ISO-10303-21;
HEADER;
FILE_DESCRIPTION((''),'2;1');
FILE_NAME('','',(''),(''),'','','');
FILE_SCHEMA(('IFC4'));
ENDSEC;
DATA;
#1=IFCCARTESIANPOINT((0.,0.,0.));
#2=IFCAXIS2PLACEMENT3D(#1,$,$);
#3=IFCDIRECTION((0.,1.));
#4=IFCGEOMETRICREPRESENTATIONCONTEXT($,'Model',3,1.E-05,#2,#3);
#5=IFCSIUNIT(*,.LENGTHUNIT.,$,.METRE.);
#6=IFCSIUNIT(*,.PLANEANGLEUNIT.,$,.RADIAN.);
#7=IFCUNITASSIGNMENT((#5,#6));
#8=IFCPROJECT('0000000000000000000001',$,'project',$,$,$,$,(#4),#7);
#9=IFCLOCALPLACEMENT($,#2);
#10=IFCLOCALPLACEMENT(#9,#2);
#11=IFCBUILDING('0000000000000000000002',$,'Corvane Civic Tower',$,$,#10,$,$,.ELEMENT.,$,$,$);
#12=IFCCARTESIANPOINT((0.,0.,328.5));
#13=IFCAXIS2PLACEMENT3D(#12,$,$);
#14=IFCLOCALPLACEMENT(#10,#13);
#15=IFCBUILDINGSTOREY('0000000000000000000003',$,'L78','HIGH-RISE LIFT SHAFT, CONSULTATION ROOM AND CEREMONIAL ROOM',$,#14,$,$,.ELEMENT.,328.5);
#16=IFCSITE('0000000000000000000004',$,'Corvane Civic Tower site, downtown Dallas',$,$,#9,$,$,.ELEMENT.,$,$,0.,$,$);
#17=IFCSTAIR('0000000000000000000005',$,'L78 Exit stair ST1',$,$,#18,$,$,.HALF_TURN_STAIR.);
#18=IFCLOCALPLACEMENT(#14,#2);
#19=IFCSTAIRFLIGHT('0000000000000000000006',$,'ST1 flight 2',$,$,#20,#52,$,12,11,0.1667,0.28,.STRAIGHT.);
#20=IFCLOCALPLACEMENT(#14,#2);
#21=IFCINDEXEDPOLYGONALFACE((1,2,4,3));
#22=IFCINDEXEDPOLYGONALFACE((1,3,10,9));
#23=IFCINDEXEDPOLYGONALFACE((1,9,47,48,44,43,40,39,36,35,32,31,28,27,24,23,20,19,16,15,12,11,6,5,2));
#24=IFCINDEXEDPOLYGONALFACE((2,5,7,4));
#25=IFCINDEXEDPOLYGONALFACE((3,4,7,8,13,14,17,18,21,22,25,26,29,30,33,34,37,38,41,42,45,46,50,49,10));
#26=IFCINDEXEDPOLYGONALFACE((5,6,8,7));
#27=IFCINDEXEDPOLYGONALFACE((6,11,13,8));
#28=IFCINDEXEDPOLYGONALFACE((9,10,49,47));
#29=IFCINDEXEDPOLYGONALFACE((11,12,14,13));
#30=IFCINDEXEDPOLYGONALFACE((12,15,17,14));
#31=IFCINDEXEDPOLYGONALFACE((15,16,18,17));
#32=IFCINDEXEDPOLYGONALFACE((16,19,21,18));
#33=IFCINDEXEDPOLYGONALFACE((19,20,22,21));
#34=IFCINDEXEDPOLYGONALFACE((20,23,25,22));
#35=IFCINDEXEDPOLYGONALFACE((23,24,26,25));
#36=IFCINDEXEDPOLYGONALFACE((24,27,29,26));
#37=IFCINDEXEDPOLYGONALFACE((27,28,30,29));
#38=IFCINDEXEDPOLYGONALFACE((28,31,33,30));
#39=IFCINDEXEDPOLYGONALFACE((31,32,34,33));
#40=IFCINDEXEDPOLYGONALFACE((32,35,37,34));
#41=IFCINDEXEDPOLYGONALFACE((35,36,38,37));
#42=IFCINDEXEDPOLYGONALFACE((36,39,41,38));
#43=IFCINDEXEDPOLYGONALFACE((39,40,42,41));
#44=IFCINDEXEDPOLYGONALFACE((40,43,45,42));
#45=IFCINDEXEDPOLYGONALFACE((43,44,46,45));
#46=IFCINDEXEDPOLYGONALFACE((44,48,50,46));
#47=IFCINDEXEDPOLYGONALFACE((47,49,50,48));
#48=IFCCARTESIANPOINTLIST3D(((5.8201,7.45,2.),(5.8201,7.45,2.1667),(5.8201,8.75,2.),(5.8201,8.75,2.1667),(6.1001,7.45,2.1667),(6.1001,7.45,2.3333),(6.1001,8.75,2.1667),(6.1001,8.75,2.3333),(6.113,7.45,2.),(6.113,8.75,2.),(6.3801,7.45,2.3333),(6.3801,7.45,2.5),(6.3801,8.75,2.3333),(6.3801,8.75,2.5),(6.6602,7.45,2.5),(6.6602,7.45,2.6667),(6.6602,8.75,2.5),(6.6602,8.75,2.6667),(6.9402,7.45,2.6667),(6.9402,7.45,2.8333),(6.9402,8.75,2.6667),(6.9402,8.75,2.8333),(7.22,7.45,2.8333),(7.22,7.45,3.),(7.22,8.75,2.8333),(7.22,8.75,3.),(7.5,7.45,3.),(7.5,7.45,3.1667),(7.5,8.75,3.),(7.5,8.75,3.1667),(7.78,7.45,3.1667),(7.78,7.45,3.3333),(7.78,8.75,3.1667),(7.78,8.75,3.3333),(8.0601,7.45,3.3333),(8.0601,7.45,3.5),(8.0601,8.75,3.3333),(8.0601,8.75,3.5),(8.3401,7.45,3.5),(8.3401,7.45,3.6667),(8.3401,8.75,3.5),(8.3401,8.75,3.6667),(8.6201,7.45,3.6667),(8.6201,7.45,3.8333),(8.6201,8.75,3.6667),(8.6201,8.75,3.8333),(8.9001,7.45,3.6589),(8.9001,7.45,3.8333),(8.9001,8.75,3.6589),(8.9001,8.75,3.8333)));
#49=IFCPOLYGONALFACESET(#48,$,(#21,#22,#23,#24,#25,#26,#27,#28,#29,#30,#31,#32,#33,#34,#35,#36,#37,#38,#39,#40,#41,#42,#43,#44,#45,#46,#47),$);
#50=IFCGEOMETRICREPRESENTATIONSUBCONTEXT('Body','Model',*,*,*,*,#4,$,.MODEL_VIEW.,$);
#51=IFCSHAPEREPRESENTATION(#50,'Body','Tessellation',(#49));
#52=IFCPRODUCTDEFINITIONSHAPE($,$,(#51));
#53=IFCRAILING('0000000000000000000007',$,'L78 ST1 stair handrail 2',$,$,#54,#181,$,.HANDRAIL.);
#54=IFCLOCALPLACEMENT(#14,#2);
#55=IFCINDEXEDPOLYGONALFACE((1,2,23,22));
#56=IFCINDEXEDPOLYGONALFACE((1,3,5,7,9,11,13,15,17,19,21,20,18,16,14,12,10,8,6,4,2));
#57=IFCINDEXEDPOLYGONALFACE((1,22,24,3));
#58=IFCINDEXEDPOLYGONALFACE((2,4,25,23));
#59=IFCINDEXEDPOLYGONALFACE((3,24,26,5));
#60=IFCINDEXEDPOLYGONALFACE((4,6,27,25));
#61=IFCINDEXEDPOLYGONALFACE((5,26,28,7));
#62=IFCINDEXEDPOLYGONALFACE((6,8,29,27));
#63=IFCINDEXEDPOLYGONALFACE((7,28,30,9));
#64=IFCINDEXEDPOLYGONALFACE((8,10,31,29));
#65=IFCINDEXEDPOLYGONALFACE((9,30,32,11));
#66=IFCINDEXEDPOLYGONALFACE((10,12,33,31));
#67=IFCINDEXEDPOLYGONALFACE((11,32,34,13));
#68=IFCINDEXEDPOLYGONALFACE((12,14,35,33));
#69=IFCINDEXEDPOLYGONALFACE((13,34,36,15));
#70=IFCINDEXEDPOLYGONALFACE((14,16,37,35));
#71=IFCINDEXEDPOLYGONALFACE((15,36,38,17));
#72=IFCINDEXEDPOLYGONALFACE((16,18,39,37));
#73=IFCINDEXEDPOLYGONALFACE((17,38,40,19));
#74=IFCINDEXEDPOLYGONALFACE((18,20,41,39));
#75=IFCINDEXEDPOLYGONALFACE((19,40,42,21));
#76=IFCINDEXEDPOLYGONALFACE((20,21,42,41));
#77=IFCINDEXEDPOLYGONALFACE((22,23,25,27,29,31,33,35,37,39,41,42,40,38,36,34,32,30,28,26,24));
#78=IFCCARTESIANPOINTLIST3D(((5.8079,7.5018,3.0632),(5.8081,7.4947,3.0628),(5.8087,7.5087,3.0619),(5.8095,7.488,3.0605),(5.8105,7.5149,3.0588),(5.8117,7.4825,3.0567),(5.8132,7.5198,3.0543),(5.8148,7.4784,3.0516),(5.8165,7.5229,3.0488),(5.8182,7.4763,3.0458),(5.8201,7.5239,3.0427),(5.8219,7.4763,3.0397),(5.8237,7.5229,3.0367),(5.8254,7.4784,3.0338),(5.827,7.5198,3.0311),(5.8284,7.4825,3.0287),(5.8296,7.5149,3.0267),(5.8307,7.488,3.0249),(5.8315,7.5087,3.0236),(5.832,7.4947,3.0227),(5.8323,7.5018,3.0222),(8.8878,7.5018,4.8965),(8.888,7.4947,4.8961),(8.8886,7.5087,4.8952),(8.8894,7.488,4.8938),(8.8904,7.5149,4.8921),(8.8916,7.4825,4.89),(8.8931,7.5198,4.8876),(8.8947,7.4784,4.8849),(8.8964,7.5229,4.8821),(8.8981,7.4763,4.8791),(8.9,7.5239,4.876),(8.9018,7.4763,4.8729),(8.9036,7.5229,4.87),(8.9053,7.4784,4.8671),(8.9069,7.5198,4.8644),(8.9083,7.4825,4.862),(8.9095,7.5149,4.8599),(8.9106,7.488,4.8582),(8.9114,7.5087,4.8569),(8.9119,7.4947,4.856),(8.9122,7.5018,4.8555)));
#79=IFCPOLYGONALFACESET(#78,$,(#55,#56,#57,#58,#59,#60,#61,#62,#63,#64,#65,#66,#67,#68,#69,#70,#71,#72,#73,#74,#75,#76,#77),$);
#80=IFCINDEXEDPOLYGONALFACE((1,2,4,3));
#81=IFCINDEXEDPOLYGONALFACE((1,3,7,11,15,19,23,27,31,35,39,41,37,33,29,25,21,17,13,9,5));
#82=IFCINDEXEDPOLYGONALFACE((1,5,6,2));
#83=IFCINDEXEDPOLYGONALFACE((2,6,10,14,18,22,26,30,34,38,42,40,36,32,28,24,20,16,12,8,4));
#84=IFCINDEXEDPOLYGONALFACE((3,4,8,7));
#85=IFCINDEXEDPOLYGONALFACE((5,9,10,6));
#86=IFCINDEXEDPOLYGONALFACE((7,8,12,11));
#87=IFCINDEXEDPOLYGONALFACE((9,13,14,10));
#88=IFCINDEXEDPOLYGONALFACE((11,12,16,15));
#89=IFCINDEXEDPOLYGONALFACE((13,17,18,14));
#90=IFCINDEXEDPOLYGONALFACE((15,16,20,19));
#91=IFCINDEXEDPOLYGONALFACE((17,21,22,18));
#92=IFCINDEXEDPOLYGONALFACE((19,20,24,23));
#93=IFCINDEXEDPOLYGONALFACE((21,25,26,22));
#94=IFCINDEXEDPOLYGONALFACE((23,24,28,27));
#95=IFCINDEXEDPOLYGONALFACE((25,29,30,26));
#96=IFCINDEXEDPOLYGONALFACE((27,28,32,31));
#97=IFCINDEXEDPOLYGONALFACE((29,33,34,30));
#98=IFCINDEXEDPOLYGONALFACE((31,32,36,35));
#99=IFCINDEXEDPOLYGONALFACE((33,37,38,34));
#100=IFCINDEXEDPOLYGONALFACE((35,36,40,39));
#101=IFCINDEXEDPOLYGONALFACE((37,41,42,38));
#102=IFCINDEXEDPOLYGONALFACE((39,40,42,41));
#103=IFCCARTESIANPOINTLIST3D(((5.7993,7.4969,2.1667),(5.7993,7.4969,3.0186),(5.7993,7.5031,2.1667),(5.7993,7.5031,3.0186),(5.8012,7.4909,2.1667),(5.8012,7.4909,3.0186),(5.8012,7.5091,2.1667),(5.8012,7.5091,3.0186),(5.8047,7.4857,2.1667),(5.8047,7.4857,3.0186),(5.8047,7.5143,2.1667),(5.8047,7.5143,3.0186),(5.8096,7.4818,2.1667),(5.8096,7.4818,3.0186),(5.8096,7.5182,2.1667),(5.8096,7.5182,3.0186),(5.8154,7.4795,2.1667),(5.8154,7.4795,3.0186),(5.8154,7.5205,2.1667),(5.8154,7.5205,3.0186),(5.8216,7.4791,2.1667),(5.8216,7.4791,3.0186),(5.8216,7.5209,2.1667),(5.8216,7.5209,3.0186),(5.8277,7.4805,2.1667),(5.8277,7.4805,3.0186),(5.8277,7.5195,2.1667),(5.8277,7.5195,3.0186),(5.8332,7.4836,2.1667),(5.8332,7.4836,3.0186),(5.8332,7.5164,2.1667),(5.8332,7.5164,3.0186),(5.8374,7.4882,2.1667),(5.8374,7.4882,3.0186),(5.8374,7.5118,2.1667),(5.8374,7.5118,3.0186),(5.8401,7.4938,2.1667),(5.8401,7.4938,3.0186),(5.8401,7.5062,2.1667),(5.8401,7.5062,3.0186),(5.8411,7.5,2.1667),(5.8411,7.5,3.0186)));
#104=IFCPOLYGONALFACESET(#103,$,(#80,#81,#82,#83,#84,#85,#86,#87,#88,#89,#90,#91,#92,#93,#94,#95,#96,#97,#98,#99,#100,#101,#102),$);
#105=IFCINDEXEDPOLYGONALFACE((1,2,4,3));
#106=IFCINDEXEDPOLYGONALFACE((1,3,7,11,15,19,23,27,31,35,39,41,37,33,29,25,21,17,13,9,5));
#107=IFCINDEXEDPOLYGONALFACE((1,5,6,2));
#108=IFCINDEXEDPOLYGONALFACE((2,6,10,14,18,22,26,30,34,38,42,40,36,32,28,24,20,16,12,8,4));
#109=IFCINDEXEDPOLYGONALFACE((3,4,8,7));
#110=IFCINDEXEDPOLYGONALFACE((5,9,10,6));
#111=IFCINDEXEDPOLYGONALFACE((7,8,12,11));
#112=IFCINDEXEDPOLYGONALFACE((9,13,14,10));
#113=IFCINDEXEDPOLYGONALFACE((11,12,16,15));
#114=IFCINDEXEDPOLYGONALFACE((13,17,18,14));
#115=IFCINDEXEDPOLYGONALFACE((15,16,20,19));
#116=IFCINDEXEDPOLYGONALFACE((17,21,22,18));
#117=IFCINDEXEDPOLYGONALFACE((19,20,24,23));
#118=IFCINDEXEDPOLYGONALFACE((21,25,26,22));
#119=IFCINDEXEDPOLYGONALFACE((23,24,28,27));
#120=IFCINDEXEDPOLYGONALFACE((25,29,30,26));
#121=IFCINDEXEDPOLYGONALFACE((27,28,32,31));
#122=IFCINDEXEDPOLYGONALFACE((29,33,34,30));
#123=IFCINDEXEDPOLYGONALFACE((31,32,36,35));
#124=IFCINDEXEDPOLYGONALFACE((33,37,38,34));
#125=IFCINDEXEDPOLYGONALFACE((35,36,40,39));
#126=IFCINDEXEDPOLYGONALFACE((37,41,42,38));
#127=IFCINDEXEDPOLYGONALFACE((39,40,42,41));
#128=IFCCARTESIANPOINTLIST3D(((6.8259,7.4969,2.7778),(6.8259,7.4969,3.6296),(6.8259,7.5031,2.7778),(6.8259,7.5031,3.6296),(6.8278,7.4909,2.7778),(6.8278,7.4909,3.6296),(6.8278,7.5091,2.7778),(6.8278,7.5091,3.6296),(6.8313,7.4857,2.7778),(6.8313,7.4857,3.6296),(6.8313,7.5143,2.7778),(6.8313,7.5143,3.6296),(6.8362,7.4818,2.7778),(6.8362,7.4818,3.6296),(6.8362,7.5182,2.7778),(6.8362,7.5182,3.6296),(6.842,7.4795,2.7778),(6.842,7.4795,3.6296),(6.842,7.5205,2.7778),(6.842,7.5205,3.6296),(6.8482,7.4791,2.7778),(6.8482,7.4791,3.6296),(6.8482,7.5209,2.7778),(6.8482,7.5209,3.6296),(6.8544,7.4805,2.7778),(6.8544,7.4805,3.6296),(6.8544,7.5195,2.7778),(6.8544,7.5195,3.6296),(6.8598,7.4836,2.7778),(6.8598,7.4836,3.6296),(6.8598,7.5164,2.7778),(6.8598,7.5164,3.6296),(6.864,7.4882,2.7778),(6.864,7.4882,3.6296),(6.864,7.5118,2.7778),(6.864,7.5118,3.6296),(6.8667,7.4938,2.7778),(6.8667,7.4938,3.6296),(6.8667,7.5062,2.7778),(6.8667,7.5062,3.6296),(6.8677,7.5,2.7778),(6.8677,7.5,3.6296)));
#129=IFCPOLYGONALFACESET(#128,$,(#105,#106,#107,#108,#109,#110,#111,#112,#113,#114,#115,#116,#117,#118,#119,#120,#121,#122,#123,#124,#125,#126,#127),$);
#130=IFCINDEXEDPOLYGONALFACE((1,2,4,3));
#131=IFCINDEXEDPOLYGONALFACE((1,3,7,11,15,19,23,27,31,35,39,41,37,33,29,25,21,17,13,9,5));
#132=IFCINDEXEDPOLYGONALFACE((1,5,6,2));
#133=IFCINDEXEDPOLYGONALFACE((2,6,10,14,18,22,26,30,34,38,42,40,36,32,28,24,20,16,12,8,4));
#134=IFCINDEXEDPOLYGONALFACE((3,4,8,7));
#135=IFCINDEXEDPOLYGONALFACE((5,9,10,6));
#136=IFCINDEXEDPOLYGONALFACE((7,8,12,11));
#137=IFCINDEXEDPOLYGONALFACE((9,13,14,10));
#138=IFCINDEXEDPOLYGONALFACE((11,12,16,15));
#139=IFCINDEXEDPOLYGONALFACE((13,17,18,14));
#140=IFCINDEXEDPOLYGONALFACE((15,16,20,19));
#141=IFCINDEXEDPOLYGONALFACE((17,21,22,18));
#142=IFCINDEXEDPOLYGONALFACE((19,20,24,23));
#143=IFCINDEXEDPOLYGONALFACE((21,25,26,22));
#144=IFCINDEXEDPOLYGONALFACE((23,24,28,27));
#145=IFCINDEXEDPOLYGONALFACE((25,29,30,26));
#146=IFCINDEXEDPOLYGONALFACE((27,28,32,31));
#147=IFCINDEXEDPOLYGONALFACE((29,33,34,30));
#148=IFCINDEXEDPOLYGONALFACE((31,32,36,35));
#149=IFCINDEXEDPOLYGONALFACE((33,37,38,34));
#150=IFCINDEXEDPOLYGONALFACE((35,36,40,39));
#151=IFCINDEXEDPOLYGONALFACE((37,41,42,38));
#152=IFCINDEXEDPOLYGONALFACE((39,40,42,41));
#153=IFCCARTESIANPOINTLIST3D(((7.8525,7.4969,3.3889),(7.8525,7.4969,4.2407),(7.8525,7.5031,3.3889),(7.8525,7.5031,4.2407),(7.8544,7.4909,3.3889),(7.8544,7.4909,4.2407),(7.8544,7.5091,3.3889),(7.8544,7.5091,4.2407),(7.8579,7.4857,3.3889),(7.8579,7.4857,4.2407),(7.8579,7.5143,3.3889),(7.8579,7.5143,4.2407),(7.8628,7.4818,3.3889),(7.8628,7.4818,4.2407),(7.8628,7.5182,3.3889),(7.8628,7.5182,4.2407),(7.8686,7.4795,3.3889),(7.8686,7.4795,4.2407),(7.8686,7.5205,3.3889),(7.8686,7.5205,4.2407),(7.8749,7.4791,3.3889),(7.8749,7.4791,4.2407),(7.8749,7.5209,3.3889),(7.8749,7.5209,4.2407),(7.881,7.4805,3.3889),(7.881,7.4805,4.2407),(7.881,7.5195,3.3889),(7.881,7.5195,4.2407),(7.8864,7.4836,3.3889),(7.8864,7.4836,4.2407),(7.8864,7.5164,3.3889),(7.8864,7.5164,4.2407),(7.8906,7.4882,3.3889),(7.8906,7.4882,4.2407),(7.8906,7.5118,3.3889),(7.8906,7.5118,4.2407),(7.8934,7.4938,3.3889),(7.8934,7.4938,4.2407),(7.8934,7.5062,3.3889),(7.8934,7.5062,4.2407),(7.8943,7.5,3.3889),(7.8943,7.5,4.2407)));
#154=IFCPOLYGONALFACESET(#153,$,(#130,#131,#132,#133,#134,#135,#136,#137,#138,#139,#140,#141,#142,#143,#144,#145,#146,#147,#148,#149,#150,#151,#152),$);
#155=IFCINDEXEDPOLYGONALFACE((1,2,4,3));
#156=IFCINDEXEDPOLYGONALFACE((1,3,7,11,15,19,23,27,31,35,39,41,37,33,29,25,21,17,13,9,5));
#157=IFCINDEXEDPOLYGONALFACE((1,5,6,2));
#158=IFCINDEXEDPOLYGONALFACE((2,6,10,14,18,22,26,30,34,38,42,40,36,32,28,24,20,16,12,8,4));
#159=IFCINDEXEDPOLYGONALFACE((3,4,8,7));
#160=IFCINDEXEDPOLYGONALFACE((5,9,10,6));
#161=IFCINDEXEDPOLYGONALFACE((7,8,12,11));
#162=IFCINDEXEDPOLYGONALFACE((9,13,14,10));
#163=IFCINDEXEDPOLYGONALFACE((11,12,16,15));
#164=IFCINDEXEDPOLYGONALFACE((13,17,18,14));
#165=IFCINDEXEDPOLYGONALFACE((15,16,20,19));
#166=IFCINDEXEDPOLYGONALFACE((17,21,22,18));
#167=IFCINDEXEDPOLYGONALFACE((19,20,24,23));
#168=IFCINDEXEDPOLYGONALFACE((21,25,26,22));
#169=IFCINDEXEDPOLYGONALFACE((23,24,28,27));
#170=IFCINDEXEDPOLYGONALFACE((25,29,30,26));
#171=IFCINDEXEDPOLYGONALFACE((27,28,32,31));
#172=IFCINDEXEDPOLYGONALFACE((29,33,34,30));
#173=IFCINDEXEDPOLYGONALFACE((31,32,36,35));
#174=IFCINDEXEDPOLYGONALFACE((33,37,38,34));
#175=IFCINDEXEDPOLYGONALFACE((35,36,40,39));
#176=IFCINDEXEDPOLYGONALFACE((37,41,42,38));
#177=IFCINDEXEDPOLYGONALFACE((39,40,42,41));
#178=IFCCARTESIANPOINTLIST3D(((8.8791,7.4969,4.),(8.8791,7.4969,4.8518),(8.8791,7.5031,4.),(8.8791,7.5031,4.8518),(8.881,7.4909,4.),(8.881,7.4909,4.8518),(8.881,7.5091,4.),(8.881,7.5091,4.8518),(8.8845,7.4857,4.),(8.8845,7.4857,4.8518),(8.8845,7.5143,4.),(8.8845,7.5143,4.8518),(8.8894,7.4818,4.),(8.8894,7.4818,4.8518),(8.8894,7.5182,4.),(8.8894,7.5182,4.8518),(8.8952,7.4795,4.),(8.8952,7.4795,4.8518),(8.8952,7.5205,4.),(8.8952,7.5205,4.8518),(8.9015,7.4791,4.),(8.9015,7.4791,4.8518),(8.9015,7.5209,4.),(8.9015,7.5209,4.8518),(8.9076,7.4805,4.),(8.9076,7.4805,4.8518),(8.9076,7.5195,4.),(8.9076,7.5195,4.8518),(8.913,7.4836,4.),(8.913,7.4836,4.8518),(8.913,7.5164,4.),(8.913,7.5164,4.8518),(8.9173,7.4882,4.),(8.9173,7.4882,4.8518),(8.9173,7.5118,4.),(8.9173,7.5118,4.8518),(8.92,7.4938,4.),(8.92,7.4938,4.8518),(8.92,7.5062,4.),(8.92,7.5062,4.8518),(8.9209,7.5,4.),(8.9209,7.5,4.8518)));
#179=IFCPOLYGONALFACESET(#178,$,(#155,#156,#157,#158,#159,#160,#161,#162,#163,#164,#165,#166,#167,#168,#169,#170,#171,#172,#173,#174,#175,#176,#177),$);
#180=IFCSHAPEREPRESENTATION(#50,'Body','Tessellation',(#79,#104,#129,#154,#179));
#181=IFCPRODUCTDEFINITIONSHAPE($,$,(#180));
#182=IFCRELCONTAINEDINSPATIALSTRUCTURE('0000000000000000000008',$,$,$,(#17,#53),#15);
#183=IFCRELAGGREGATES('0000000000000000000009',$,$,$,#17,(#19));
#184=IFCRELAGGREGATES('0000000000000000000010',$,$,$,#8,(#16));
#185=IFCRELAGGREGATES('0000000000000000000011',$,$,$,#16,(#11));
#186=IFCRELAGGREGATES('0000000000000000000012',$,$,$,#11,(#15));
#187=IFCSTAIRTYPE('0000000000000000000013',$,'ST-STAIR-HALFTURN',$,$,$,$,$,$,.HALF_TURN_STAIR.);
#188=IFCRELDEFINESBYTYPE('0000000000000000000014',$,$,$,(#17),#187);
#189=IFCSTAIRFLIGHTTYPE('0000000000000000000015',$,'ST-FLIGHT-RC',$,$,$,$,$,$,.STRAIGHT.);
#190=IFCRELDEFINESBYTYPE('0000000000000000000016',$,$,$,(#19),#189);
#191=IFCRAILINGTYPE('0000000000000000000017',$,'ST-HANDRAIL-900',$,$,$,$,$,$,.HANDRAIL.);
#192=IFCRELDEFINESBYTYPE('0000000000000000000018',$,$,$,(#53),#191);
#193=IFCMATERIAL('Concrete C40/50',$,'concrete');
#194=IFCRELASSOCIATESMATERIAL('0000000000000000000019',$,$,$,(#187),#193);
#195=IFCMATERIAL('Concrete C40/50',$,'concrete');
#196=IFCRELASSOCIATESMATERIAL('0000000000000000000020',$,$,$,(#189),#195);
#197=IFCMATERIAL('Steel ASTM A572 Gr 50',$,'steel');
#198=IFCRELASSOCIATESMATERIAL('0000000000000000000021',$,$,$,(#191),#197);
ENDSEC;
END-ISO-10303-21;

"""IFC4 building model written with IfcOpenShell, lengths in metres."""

from ifc_helpers import new_model, si_unit, direction, frame, origin, origin_2d, place, context, subcontext, project, spatial, polyline, circle, outline, extrude, material, type_object, element, aggregate, save


model = new_model("IFC4")

# Units and contexts
model_context = context("Model", 3, precision=1e-05, world=origin(), true_north=direction((0.0, 1.0)))
body_context = subcontext(model_context, "Body", "Model", "MODEL_VIEW")
ifc_project = project(units=[si_unit("LENGTHUNIT", "METRE"), si_unit("PLANEANGLEUNIT", "RADIAN")], contexts=[model_context])

# Site, building, storey
site_placement = place(None, origin())
site = spatial("IfcSite", under=ifc_project, at=site_placement, Name="Corvane Civic Tower site, downtown Dallas", CompositionType="ELEMENT", RefElevation=0.0)
building_placement = place(site_placement, origin())
building = spatial("IfcBuilding", under=site, at=building_placement, Name="Corvane Civic Tower", CompositionType="ELEMENT")
storey_placement = place(building_placement, frame((0.0, 0.0, 328.5)))
storey = spatial("IfcBuildingStorey", under=building, at=storey_placement, Name="L78", Description="HIGH-RISE LIFT SHAFT, CONSULTATION ROOM AND CEREMONIAL ROOM", CompositionType="ELEMENT", Elevation=328.5)

# Stair, stair flight
ifc_material_1 = material(Name="Concrete C40/50", Category="concrete")
stair_type = type_object("IfcStairType", Name="ST-STAIR-HALFTURN", PredefinedType="HALF_TURN_STAIR", material=ifc_material_1)
stair_placement = place(storey_placement, origin())
stair = element("IfcStair", 1, at=stair_placement, inside=storey, type_object=stair_type, Name="L78 Exit stair ST1", PredefinedType="HALF_TURN_STAIR")
ifc_material_2 = material(Name="Concrete C40/50", Category="concrete")
stair_flight_type = type_object("IfcStairFlightType", Name="ST-FLIGHT-RC", PredefinedType="STRAIGHT", material=ifc_material_2)
stair_flight_placement = place(storey_placement, frame((5.8201, 8.1001, 2.0), z_axis=(0.0, 0.0, 1.0), x_axis=(1.0, 0.0, 0.0)))
stair_flight = element("IfcStairFlight", 2, at=stair_flight_placement, type_object=stair_flight_type, Name="ST1 flight 2", NumberOfRisers=12, NumberOfTreads=11, PredefinedType="STRAIGHT", RiserHeight=0.1667, TreadLength=0.28, context=body_context, shape_type="SweptSolid", body=[
    extrude(outline(polyline([(0.0, 0.0), (0.0, 0.1667), (0.28, 0.1667), (0.28, 0.3333), (0.5601, 0.3333), (0.5601, 0.5), (0.8401, 0.5), (0.8401, 0.6667), (1.1201, 0.6667), (1.1201, 0.8333), (1.3999, 0.8333), (1.3999, 1.0), (1.6799, 1.0), (1.6799, 1.1667), (1.96, 1.1667), (1.96, 1.3333), (2.24, 1.3333), (2.24, 1.5), (2.52, 1.5), (2.52, 1.6667), (2.8, 1.6667), (2.8, 1.8333), (3.0801, 1.8333), (3.0801, 2.0), (3.0801, 1.6589), (0.293, 0.0), (0.0, 0.0)])), frame((0.0, 0.6499, 0.0), z_axis=(0.0, -1.0, 0.0), x_axis=(1.0, 0.0, 0.0)), (0.0, 0.0, 1.0), 1.3),
])
aggregate(stair, [stair_flight])

# Railing
ifc_material_3 = material(Name="Steel ASTM A572 Gr 50", Category="steel")
railing_type_1 = type_object("IfcRailingType", Name="ST-HANDRAIL-900", PredefinedType="HANDRAIL", material=ifc_material_3)
railing_1_placement = place(storey_placement, frame((5.8201, 7.5, 2.1667)))
element("IfcRailing", 3, at=railing_1_placement, inside=storey, type_object=railing_type_1, Name="L78 ST1 stair handrail 2", PredefinedType="HANDRAIL", context=body_context, shape_type="SweptSolid", body=[
    extrude(circle(Radius=0.0239, at=origin_2d()), frame((0.0, 0.0, 0.876), z_axis=(0.859291, 0.0, 0.511487), x_axis=(0.0, 1.0, 0.0)), (0.0, 0.0, 1.0), 3.5842),
    extrude(circle(Radius=0.021, at=origin_2d()), origin(), (0.0, 0.0, 1.0), 0.8518),
    extrude(circle(Radius=0.021, at=origin_2d()), frame((1.0266, 0.0, 0.6111)), (0.0, 0.0, 1.0), 0.8518),
    extrude(circle(Radius=0.021, at=origin_2d()), frame((2.0532, 0.0, 1.2222)), (0.0, 0.0, 1.0), 0.8518),
    extrude(circle(Radius=0.021, at=origin_2d()), frame((3.0798, 0.0, 1.8333)), (0.0, 0.0, 1.0), 0.8518),
])

save(model, "model.ifc")
